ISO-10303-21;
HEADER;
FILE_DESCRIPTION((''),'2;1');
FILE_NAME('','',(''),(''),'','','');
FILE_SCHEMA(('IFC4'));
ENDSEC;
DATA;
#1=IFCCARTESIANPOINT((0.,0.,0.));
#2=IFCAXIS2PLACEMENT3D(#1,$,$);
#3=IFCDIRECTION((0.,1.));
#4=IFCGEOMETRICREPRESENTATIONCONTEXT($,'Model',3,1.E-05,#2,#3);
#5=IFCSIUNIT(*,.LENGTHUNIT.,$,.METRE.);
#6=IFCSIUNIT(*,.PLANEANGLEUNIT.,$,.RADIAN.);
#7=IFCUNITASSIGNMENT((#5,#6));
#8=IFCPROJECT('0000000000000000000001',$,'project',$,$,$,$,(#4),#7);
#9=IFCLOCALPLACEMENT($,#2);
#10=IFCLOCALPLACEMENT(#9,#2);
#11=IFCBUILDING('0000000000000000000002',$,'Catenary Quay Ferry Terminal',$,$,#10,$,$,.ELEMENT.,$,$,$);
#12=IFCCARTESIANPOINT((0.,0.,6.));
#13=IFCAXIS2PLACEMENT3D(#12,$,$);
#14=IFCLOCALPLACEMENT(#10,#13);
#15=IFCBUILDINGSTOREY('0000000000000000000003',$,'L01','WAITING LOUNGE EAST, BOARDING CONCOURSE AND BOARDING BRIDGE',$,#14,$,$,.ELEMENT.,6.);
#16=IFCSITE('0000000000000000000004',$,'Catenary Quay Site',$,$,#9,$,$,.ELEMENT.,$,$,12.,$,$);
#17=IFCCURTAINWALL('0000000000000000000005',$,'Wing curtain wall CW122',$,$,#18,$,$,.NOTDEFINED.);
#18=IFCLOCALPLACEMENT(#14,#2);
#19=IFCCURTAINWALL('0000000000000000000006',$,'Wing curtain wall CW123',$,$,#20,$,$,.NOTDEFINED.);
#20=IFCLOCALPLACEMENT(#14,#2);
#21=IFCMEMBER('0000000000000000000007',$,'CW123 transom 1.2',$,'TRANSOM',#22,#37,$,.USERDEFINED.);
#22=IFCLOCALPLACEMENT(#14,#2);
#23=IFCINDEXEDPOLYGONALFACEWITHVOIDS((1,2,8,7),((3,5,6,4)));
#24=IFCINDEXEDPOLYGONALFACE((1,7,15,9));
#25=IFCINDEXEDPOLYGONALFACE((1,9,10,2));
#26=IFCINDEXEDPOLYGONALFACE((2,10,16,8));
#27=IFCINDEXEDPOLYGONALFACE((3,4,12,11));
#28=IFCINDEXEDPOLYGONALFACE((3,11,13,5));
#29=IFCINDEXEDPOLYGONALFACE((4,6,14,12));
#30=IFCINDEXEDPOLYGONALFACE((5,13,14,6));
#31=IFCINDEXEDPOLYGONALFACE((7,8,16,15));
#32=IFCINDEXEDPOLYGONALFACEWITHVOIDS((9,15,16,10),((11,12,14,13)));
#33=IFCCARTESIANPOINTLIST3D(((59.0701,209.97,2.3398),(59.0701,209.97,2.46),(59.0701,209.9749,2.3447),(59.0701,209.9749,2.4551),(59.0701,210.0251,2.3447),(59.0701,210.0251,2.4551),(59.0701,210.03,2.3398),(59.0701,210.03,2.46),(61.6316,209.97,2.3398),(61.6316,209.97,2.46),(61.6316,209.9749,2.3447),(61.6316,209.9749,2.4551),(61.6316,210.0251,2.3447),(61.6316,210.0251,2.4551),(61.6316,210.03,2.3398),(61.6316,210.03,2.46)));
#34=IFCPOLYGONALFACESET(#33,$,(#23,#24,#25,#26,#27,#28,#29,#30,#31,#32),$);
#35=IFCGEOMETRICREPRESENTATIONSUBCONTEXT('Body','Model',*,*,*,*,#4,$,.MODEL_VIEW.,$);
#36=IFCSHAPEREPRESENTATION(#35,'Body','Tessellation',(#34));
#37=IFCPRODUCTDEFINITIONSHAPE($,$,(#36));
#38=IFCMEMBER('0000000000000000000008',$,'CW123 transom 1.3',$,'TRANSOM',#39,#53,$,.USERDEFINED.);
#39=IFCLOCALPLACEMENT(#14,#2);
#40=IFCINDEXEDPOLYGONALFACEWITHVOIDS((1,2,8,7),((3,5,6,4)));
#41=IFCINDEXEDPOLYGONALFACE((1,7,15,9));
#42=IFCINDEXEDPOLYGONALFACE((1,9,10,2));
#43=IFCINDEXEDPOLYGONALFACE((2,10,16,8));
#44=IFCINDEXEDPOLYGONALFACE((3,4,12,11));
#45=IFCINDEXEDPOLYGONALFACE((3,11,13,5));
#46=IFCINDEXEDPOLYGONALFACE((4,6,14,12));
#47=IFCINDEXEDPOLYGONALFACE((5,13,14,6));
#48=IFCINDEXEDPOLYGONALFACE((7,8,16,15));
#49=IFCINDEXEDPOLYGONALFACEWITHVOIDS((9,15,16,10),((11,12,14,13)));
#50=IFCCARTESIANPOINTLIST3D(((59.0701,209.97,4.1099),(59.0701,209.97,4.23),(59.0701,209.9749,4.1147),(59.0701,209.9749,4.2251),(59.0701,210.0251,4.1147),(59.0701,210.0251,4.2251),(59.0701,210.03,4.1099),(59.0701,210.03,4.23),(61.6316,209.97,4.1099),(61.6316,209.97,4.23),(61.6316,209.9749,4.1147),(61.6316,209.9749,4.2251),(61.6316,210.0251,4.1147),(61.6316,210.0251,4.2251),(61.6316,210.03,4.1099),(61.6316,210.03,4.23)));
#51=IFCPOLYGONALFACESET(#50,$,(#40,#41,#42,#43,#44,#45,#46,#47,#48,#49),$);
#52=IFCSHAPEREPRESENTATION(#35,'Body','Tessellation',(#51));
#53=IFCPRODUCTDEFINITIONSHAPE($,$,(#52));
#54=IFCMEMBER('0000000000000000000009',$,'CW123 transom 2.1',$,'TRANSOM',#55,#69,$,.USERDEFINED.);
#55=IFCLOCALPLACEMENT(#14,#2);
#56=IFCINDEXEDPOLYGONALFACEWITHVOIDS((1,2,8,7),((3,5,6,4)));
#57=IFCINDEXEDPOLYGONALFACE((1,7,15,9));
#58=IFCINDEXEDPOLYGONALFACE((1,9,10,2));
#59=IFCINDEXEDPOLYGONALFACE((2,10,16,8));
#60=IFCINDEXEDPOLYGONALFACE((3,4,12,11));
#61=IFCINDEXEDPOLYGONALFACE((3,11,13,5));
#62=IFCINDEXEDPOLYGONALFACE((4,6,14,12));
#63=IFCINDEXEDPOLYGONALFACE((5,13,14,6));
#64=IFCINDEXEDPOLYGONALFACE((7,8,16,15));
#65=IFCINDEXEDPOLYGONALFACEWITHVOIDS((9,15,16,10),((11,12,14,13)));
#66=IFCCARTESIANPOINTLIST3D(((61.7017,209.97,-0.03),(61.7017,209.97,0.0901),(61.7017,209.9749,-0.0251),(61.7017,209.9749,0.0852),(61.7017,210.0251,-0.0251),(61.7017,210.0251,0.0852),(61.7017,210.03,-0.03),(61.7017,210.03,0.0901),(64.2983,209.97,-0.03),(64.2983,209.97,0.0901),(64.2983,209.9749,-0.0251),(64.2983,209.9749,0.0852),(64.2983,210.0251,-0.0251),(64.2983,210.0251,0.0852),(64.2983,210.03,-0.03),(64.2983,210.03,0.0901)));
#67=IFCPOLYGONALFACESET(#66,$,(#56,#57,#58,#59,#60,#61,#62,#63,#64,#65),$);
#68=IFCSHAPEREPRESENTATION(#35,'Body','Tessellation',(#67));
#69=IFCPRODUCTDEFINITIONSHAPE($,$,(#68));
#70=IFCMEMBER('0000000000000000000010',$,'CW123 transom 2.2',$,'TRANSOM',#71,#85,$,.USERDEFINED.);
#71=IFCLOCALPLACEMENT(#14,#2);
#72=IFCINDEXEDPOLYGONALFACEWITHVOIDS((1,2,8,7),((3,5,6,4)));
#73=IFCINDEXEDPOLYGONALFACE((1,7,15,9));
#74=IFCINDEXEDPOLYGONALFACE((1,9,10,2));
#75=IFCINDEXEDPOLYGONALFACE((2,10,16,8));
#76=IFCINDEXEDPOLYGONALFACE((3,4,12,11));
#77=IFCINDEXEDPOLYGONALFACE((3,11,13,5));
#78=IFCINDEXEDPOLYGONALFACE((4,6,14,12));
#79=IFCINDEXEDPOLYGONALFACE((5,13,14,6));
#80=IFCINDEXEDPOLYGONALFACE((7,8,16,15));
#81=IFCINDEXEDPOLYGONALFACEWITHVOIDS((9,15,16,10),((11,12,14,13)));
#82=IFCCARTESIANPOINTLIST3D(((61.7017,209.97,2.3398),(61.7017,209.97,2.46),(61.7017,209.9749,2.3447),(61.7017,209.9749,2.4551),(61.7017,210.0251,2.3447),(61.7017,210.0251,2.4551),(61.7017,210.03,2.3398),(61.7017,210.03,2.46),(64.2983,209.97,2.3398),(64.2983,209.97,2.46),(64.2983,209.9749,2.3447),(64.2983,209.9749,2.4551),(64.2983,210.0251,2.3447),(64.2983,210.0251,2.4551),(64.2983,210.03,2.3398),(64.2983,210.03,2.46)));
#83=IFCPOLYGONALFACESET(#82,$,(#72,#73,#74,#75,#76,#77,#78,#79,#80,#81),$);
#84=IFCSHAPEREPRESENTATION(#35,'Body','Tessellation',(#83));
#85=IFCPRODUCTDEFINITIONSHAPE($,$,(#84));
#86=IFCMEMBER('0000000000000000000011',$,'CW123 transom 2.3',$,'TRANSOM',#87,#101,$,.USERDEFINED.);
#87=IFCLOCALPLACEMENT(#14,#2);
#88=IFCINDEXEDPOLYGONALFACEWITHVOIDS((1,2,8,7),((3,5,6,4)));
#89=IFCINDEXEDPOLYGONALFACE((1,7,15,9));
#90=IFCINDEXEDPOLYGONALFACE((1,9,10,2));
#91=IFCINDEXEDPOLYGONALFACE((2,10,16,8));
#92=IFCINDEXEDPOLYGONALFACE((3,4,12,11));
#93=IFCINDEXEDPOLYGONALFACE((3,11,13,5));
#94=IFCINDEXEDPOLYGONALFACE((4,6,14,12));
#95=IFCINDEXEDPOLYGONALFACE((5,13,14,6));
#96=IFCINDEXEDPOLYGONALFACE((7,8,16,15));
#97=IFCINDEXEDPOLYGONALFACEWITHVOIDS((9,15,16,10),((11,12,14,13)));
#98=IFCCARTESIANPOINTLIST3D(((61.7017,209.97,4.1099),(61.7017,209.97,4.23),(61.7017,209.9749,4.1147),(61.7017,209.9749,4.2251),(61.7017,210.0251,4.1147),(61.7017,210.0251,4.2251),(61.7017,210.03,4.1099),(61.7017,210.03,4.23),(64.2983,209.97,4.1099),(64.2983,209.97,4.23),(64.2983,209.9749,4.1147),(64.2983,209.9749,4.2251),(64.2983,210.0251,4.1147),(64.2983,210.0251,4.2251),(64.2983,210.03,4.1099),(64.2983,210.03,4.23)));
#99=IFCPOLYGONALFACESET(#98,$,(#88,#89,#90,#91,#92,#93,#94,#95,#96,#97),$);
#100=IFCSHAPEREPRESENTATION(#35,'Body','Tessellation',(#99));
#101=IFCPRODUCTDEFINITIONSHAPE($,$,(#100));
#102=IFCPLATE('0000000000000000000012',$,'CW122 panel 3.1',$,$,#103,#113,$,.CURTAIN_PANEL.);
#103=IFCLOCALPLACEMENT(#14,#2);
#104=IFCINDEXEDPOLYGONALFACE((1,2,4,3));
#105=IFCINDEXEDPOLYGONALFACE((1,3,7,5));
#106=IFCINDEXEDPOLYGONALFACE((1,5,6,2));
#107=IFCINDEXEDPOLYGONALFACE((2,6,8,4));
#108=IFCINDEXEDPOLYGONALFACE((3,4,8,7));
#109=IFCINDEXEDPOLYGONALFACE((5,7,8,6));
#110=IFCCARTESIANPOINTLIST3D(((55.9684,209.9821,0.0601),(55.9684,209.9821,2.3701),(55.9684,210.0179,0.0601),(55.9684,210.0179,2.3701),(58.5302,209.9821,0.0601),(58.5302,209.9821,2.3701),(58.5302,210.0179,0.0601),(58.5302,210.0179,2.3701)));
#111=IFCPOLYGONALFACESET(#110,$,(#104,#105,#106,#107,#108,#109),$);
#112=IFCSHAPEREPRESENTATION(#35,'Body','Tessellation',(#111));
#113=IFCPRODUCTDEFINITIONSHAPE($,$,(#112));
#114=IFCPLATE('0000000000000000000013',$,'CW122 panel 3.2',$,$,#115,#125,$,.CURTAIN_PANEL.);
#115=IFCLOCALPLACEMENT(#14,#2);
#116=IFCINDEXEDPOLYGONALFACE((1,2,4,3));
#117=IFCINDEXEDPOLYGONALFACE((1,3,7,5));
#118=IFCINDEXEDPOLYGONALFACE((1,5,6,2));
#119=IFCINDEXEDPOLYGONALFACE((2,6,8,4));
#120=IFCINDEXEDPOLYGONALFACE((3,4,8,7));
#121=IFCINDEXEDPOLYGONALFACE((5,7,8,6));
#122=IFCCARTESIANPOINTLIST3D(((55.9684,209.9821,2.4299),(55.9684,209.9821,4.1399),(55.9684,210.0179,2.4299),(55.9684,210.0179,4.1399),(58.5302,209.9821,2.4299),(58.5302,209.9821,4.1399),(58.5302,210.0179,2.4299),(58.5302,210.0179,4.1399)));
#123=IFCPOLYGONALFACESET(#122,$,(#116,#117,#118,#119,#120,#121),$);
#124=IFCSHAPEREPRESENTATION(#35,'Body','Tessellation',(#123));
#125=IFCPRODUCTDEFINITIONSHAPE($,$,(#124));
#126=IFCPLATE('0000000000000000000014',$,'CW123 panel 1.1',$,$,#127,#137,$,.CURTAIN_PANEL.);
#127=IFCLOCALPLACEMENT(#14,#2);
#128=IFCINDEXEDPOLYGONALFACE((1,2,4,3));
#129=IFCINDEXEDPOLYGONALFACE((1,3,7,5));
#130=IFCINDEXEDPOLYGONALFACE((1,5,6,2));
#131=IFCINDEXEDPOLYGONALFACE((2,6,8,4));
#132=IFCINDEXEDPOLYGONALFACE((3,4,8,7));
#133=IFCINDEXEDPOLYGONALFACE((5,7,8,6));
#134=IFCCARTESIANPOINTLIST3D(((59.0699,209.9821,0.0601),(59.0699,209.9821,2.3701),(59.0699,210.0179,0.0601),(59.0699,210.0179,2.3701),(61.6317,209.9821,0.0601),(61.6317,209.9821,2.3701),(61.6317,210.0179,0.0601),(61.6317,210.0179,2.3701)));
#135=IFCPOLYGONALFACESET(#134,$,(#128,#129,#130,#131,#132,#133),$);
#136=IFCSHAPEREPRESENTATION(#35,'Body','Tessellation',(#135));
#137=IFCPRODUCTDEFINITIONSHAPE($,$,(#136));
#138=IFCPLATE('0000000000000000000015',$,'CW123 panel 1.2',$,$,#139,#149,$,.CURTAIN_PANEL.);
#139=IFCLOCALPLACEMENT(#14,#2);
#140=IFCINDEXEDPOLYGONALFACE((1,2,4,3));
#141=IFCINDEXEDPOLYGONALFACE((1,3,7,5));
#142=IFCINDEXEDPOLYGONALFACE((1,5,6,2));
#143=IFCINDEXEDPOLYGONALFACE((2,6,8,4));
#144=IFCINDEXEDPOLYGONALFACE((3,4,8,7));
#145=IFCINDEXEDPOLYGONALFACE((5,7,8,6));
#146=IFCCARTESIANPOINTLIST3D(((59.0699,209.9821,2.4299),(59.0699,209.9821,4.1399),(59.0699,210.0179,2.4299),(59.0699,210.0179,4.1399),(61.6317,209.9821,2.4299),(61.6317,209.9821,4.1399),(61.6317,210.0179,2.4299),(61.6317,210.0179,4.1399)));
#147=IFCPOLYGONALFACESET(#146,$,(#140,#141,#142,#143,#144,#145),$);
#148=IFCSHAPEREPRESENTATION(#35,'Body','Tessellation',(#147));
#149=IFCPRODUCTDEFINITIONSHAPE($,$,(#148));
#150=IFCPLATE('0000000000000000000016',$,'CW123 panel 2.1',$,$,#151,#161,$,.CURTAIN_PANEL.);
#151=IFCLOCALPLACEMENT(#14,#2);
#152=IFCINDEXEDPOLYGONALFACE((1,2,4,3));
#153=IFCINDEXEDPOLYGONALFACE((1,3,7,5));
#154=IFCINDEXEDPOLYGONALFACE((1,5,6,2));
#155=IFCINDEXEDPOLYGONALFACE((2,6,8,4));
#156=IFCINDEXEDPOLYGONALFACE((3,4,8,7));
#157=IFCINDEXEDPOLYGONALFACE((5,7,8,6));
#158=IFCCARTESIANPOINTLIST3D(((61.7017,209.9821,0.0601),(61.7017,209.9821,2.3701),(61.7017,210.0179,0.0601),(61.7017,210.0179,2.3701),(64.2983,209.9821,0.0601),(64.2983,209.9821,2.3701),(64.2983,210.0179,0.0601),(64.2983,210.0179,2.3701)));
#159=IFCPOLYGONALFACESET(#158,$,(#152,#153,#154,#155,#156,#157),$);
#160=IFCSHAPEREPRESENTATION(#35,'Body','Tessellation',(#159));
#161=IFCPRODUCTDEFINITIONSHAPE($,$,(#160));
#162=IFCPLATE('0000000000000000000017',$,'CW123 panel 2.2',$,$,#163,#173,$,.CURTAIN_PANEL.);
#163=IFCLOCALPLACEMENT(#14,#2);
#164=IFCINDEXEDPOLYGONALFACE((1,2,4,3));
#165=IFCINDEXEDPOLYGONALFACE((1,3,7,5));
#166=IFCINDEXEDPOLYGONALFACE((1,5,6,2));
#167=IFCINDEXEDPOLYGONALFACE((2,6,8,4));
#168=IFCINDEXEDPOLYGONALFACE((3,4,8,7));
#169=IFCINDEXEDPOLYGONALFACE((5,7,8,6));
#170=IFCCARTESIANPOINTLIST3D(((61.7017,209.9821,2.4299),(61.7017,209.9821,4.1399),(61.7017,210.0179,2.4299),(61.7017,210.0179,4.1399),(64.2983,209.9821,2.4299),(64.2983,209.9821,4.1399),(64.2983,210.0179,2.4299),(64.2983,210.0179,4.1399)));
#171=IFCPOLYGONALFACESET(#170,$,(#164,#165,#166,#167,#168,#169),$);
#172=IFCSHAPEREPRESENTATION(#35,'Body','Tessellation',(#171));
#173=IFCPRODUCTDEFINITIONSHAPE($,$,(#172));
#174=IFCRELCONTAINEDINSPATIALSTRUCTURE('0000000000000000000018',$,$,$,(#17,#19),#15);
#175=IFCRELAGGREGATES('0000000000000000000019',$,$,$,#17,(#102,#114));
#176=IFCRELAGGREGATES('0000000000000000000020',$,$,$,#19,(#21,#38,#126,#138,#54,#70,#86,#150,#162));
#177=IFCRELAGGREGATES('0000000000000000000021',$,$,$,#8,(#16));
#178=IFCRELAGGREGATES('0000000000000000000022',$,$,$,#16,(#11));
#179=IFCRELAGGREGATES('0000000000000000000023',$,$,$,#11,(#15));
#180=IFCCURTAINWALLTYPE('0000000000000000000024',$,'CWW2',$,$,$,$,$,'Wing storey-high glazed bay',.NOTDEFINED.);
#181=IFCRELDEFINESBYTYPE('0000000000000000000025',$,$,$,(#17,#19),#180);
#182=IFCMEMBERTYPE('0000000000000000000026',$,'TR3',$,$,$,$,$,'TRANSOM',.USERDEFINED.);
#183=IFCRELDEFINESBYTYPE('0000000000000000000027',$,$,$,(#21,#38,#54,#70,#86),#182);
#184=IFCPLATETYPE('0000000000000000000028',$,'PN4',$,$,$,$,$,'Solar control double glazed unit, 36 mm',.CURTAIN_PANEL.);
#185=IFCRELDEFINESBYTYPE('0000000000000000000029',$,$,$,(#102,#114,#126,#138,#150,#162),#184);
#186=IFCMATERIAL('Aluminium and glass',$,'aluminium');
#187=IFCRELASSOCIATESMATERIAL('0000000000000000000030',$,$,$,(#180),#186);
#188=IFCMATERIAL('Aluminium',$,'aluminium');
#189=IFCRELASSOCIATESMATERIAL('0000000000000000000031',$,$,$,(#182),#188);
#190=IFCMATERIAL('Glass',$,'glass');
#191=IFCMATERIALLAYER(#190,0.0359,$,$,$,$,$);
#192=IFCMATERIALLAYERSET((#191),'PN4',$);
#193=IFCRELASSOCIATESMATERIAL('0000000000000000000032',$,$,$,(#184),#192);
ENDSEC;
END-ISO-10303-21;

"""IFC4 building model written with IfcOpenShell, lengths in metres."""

from ifc_helpers import new_model, si_unit, direction, frame, origin, origin_2d, place, context, subcontext, project, spatial, rectangle, hollow_rectangle, extrude, material, layer, layer_set, material_profile, profile_set, type_object, element, aggregate, save


model = new_model("IFC4")

# Units and contexts
model_context = context("Model", 3, precision=1e-05, world=origin(), true_north=direction((0.0, 1.0)))
body_context = subcontext(model_context, "Body", "Model", "MODEL_VIEW")
ifc_project = project(units=[si_unit("LENGTHUNIT", "METRE"), si_unit("PLANEANGLEUNIT", "RADIAN")], contexts=[model_context])

# Site, building, storey
site_placement = place(None, origin())
site = spatial("IfcSite", under=ifc_project, at=site_placement, Name="Catenary Quay Site", CompositionType="ELEMENT", RefElevation=12.0)
building_placement = place(site_placement, origin())
building = spatial("IfcBuilding", under=site, at=building_placement, Name="Catenary Quay Ferry Terminal", CompositionType="ELEMENT")
storey_placement = place(building_placement, frame((0.0, 0.0, 6.0)))
storey = spatial("IfcBuildingStorey", under=building, at=storey_placement, Name="L01", Description="WAITING LOUNGE EAST, BOARDING CONCOURSE AND BOARDING BRIDGE", CompositionType="ELEMENT", Elevation=6.0)

# Curtain wall
ifc_material_1 = material(Name="Aluminium and glass", Category="aluminium")
curtain_wall_type = type_object("IfcCurtainWallType", Name="CWW2", ElementType="Wing storey-high glazed bay", PredefinedType="NOTDEFINED", material=ifc_material_1)
curtain_wall_1_placement = place(storey_placement, origin())
curtain_wall_1 = element("IfcCurtainWall", 1, at=curtain_wall_1_placement, inside=storey, type_object=curtain_wall_type, Name="Wing curtain wall CW122", PredefinedType="NOTDEFINED")

# Curtain wall, members
curtain_wall_2_placement = place(storey_placement, origin())
curtain_wall_2 = element("IfcCurtainWall", 2, at=curtain_wall_2_placement, inside=storey, type_object=curtain_wall_type, Name="Wing curtain wall CW123", PredefinedType="NOTDEFINED")
ifc_material_2 = material(Name="Aluminium", Category="aluminium")
ifc_material_profile_1 = material_profile(ifc_material_2, hollow_rectangle(XDim=0.0601, YDim=0.1201, WallThickness=0.0049, at=origin_2d()), Name="TR3")
ifc_profile_set_1 = profile_set([ifc_material_profile_1], Name="Aluminium")
member_type_1 = type_object("IfcMemberType", Name="TR3", ElementType="TRANSOM", PredefinedType="USERDEFINED", material=ifc_profile_set_1)
member_1_placement = place(storey_placement, frame((59.0701, 210.0, 2.3999), z_axis=(1.0, 0.0, 0.0), x_axis=(0.0, 1.0, 0.0)))
member_1 = element("IfcMember", 3, at=member_1_placement, type_object=member_type_1, Name="CW123 transom 1.2", ObjectType="TRANSOM", PredefinedType="USERDEFINED", context=body_context, shape_type="SweptSolid", body=[
    extrude(hollow_rectangle(XDim=0.0601, YDim=0.1201, WallThickness=0.0049, at=origin_2d()), origin(), (0.0, 0.0, 1.0), 2.5615),
])
member_2_placement = place(storey_placement, frame((59.0701, 210.0, 4.1699), z_axis=(1.0, 0.0, 0.0), x_axis=(0.0, 1.0, 0.0)))
member_2 = element("IfcMember", 4, at=member_2_placement, type_object=member_type_1, Name="CW123 transom 1.3", ObjectType="TRANSOM", PredefinedType="USERDEFINED", context=body_context, shape_type="SweptSolid", body=[
    extrude(hollow_rectangle(XDim=0.0601, YDim=0.1201, WallThickness=0.0049, at=origin_2d()), origin(), (0.0, 0.0, 1.0), 2.5615),
])
member_3_placement = place(storey_placement, frame((61.7017, 210.0, 0.03), z_axis=(1.0, 0.0, 0.0), x_axis=(0.0, 1.0, 0.0)))
member_3 = element("IfcMember", 5, at=member_3_placement, type_object=member_type_1, Name="CW123 transom 2.1", ObjectType="TRANSOM", PredefinedType="USERDEFINED", context=body_context, shape_type="SweptSolid", body=[
    extrude(hollow_rectangle(XDim=0.0601, YDim=0.1201, WallThickness=0.0049, at=origin_2d()), origin(), (0.0, 0.0, 1.0), 2.5967),
])
member_4_placement = place(storey_placement, frame((61.7017, 210.0, 2.3999), z_axis=(1.0, 0.0, 0.0), x_axis=(0.0, 1.0, 0.0)))
member_4 = element("IfcMember", 6, at=member_4_placement, type_object=member_type_1, Name="CW123 transom 2.2", ObjectType="TRANSOM", PredefinedType="USERDEFINED", context=body_context, shape_type="SweptSolid", body=[
    extrude(hollow_rectangle(XDim=0.0601, YDim=0.1201, WallThickness=0.0049, at=origin_2d()), origin(), (0.0, 0.0, 1.0), 2.5967),
])
member_5_placement = place(storey_placement, frame((61.7017, 210.0, 4.1699), z_axis=(1.0, 0.0, 0.0), x_axis=(0.0, 1.0, 0.0)))
member_5 = element("IfcMember", 7, at=member_5_placement, type_object=member_type_1, Name="CW123 transom 2.3", ObjectType="TRANSOM", PredefinedType="USERDEFINED", context=body_context, shape_type="SweptSolid", body=[
    extrude(hollow_rectangle(XDim=0.0601, YDim=0.1201, WallThickness=0.0049, at=origin_2d()), origin(), (0.0, 0.0, 1.0), 2.5967),
])

# Plates
ifc_material_3 = material(Name="Glass", Category="glass")
ifc_layer_1 = layer(ifc_material_3, 0.0359)
ifc_layer_set_1 = layer_set([ifc_layer_1], Name="PN4")
plate_type = type_object("IfcPlateType", Name="PN4", ElementType="Solar control double glazed unit, 36 mm", PredefinedType="CURTAIN_PANEL", material=ifc_layer_set_1)
plate_1_placement = place(storey_placement, frame((57.2493, 210.0, 0.0601), z_axis=(0.0, 0.0, 1.0), x_axis=(1.0, 0.0, 0.0)))
plate_1 = element("IfcPlate", 8, at=plate_1_placement, type_object=plate_type, Name="CW122 panel 3.1", PredefinedType="CURTAIN_PANEL", context=body_context, shape_type="SweptSolid", body=[
    extrude(rectangle(XDim=2.5618, YDim=0.0359, at=origin_2d()), origin(), (0.0, 0.0, 1.0), 2.3101),
])
plate_2_placement = place(storey_placement, frame((57.2493, 210.0, 2.4299), z_axis=(0.0, 0.0, 1.0), x_axis=(1.0, 0.0, 0.0)))
plate_2 = element("IfcPlate", 9, at=plate_2_placement, type_object=plate_type, Name="CW122 panel 3.2", PredefinedType="CURTAIN_PANEL", context=body_context, shape_type="SweptSolid", body=[
    extrude(rectangle(XDim=2.5618, YDim=0.0359, at=origin_2d()), origin(), (0.0, 0.0, 1.0), 1.71),
])
aggregate(curtain_wall_1, [plate_1, plate_2])
plate_3_placement = place(storey_placement, frame((60.3508, 210.0, 0.0601), z_axis=(0.0, 0.0, 1.0), x_axis=(1.0, 0.0, 0.0)))
plate_3 = element("IfcPlate", 10, at=plate_3_placement, type_object=plate_type, Name="CW123 panel 1.1", PredefinedType="CURTAIN_PANEL", context=body_context, shape_type="SweptSolid", body=[
    extrude(rectangle(XDim=2.5618, YDim=0.0359, at=origin_2d()), origin(), (0.0, 0.0, 1.0), 2.3101),
])
plate_4_placement = place(storey_placement, frame((60.3508, 210.0, 2.4299), z_axis=(0.0, 0.0, 1.0), x_axis=(1.0, 0.0, 0.0)))
plate_4 = element("IfcPlate", 11, at=plate_4_placement, type_object=plate_type, Name="CW123 panel 1.2", PredefinedType="CURTAIN_PANEL", context=body_context, shape_type="SweptSolid", body=[
    extrude(rectangle(XDim=2.5618, YDim=0.0359, at=origin_2d()), origin(), (0.0, 0.0, 1.0), 1.71),
])
plate_5_placement = place(storey_placement, frame((63.0, 210.0, 0.0601), z_axis=(0.0, 0.0, 1.0), x_axis=(1.0, 0.0, 0.0)))
plate_5 = element("IfcPlate", 12, at=plate_5_placement, type_object=plate_type, Name="CW123 panel 2.1", PredefinedType="CURTAIN_PANEL", context=body_context, shape_type="SweptSolid", body=[
    extrude(rectangle(XDim=2.5967, YDim=0.0359, at=origin_2d()), origin(), (0.0, 0.0, 1.0), 2.3101),
])
plate_6_placement = place(storey_placement, frame((63.0, 210.0, 2.4299), z_axis=(0.0, 0.0, 1.0), x_axis=(1.0, 0.0, 0.0)))
plate_6 = element("IfcPlate", 13, at=plate_6_placement, type_object=plate_type, Name="CW123 panel 2.2", PredefinedType="CURTAIN_PANEL", context=body_context, shape_type="SweptSolid", body=[
    extrude(rectangle(XDim=2.5967, YDim=0.0359, at=origin_2d()), origin(), (0.0, 0.0, 1.0), 1.71),
])
aggregate(curtain_wall_2, [member_1, member_2, plate_3, plate_4, member_3, member_4, member_5, plate_5, plate_6])

save(model, "model.ifc")
